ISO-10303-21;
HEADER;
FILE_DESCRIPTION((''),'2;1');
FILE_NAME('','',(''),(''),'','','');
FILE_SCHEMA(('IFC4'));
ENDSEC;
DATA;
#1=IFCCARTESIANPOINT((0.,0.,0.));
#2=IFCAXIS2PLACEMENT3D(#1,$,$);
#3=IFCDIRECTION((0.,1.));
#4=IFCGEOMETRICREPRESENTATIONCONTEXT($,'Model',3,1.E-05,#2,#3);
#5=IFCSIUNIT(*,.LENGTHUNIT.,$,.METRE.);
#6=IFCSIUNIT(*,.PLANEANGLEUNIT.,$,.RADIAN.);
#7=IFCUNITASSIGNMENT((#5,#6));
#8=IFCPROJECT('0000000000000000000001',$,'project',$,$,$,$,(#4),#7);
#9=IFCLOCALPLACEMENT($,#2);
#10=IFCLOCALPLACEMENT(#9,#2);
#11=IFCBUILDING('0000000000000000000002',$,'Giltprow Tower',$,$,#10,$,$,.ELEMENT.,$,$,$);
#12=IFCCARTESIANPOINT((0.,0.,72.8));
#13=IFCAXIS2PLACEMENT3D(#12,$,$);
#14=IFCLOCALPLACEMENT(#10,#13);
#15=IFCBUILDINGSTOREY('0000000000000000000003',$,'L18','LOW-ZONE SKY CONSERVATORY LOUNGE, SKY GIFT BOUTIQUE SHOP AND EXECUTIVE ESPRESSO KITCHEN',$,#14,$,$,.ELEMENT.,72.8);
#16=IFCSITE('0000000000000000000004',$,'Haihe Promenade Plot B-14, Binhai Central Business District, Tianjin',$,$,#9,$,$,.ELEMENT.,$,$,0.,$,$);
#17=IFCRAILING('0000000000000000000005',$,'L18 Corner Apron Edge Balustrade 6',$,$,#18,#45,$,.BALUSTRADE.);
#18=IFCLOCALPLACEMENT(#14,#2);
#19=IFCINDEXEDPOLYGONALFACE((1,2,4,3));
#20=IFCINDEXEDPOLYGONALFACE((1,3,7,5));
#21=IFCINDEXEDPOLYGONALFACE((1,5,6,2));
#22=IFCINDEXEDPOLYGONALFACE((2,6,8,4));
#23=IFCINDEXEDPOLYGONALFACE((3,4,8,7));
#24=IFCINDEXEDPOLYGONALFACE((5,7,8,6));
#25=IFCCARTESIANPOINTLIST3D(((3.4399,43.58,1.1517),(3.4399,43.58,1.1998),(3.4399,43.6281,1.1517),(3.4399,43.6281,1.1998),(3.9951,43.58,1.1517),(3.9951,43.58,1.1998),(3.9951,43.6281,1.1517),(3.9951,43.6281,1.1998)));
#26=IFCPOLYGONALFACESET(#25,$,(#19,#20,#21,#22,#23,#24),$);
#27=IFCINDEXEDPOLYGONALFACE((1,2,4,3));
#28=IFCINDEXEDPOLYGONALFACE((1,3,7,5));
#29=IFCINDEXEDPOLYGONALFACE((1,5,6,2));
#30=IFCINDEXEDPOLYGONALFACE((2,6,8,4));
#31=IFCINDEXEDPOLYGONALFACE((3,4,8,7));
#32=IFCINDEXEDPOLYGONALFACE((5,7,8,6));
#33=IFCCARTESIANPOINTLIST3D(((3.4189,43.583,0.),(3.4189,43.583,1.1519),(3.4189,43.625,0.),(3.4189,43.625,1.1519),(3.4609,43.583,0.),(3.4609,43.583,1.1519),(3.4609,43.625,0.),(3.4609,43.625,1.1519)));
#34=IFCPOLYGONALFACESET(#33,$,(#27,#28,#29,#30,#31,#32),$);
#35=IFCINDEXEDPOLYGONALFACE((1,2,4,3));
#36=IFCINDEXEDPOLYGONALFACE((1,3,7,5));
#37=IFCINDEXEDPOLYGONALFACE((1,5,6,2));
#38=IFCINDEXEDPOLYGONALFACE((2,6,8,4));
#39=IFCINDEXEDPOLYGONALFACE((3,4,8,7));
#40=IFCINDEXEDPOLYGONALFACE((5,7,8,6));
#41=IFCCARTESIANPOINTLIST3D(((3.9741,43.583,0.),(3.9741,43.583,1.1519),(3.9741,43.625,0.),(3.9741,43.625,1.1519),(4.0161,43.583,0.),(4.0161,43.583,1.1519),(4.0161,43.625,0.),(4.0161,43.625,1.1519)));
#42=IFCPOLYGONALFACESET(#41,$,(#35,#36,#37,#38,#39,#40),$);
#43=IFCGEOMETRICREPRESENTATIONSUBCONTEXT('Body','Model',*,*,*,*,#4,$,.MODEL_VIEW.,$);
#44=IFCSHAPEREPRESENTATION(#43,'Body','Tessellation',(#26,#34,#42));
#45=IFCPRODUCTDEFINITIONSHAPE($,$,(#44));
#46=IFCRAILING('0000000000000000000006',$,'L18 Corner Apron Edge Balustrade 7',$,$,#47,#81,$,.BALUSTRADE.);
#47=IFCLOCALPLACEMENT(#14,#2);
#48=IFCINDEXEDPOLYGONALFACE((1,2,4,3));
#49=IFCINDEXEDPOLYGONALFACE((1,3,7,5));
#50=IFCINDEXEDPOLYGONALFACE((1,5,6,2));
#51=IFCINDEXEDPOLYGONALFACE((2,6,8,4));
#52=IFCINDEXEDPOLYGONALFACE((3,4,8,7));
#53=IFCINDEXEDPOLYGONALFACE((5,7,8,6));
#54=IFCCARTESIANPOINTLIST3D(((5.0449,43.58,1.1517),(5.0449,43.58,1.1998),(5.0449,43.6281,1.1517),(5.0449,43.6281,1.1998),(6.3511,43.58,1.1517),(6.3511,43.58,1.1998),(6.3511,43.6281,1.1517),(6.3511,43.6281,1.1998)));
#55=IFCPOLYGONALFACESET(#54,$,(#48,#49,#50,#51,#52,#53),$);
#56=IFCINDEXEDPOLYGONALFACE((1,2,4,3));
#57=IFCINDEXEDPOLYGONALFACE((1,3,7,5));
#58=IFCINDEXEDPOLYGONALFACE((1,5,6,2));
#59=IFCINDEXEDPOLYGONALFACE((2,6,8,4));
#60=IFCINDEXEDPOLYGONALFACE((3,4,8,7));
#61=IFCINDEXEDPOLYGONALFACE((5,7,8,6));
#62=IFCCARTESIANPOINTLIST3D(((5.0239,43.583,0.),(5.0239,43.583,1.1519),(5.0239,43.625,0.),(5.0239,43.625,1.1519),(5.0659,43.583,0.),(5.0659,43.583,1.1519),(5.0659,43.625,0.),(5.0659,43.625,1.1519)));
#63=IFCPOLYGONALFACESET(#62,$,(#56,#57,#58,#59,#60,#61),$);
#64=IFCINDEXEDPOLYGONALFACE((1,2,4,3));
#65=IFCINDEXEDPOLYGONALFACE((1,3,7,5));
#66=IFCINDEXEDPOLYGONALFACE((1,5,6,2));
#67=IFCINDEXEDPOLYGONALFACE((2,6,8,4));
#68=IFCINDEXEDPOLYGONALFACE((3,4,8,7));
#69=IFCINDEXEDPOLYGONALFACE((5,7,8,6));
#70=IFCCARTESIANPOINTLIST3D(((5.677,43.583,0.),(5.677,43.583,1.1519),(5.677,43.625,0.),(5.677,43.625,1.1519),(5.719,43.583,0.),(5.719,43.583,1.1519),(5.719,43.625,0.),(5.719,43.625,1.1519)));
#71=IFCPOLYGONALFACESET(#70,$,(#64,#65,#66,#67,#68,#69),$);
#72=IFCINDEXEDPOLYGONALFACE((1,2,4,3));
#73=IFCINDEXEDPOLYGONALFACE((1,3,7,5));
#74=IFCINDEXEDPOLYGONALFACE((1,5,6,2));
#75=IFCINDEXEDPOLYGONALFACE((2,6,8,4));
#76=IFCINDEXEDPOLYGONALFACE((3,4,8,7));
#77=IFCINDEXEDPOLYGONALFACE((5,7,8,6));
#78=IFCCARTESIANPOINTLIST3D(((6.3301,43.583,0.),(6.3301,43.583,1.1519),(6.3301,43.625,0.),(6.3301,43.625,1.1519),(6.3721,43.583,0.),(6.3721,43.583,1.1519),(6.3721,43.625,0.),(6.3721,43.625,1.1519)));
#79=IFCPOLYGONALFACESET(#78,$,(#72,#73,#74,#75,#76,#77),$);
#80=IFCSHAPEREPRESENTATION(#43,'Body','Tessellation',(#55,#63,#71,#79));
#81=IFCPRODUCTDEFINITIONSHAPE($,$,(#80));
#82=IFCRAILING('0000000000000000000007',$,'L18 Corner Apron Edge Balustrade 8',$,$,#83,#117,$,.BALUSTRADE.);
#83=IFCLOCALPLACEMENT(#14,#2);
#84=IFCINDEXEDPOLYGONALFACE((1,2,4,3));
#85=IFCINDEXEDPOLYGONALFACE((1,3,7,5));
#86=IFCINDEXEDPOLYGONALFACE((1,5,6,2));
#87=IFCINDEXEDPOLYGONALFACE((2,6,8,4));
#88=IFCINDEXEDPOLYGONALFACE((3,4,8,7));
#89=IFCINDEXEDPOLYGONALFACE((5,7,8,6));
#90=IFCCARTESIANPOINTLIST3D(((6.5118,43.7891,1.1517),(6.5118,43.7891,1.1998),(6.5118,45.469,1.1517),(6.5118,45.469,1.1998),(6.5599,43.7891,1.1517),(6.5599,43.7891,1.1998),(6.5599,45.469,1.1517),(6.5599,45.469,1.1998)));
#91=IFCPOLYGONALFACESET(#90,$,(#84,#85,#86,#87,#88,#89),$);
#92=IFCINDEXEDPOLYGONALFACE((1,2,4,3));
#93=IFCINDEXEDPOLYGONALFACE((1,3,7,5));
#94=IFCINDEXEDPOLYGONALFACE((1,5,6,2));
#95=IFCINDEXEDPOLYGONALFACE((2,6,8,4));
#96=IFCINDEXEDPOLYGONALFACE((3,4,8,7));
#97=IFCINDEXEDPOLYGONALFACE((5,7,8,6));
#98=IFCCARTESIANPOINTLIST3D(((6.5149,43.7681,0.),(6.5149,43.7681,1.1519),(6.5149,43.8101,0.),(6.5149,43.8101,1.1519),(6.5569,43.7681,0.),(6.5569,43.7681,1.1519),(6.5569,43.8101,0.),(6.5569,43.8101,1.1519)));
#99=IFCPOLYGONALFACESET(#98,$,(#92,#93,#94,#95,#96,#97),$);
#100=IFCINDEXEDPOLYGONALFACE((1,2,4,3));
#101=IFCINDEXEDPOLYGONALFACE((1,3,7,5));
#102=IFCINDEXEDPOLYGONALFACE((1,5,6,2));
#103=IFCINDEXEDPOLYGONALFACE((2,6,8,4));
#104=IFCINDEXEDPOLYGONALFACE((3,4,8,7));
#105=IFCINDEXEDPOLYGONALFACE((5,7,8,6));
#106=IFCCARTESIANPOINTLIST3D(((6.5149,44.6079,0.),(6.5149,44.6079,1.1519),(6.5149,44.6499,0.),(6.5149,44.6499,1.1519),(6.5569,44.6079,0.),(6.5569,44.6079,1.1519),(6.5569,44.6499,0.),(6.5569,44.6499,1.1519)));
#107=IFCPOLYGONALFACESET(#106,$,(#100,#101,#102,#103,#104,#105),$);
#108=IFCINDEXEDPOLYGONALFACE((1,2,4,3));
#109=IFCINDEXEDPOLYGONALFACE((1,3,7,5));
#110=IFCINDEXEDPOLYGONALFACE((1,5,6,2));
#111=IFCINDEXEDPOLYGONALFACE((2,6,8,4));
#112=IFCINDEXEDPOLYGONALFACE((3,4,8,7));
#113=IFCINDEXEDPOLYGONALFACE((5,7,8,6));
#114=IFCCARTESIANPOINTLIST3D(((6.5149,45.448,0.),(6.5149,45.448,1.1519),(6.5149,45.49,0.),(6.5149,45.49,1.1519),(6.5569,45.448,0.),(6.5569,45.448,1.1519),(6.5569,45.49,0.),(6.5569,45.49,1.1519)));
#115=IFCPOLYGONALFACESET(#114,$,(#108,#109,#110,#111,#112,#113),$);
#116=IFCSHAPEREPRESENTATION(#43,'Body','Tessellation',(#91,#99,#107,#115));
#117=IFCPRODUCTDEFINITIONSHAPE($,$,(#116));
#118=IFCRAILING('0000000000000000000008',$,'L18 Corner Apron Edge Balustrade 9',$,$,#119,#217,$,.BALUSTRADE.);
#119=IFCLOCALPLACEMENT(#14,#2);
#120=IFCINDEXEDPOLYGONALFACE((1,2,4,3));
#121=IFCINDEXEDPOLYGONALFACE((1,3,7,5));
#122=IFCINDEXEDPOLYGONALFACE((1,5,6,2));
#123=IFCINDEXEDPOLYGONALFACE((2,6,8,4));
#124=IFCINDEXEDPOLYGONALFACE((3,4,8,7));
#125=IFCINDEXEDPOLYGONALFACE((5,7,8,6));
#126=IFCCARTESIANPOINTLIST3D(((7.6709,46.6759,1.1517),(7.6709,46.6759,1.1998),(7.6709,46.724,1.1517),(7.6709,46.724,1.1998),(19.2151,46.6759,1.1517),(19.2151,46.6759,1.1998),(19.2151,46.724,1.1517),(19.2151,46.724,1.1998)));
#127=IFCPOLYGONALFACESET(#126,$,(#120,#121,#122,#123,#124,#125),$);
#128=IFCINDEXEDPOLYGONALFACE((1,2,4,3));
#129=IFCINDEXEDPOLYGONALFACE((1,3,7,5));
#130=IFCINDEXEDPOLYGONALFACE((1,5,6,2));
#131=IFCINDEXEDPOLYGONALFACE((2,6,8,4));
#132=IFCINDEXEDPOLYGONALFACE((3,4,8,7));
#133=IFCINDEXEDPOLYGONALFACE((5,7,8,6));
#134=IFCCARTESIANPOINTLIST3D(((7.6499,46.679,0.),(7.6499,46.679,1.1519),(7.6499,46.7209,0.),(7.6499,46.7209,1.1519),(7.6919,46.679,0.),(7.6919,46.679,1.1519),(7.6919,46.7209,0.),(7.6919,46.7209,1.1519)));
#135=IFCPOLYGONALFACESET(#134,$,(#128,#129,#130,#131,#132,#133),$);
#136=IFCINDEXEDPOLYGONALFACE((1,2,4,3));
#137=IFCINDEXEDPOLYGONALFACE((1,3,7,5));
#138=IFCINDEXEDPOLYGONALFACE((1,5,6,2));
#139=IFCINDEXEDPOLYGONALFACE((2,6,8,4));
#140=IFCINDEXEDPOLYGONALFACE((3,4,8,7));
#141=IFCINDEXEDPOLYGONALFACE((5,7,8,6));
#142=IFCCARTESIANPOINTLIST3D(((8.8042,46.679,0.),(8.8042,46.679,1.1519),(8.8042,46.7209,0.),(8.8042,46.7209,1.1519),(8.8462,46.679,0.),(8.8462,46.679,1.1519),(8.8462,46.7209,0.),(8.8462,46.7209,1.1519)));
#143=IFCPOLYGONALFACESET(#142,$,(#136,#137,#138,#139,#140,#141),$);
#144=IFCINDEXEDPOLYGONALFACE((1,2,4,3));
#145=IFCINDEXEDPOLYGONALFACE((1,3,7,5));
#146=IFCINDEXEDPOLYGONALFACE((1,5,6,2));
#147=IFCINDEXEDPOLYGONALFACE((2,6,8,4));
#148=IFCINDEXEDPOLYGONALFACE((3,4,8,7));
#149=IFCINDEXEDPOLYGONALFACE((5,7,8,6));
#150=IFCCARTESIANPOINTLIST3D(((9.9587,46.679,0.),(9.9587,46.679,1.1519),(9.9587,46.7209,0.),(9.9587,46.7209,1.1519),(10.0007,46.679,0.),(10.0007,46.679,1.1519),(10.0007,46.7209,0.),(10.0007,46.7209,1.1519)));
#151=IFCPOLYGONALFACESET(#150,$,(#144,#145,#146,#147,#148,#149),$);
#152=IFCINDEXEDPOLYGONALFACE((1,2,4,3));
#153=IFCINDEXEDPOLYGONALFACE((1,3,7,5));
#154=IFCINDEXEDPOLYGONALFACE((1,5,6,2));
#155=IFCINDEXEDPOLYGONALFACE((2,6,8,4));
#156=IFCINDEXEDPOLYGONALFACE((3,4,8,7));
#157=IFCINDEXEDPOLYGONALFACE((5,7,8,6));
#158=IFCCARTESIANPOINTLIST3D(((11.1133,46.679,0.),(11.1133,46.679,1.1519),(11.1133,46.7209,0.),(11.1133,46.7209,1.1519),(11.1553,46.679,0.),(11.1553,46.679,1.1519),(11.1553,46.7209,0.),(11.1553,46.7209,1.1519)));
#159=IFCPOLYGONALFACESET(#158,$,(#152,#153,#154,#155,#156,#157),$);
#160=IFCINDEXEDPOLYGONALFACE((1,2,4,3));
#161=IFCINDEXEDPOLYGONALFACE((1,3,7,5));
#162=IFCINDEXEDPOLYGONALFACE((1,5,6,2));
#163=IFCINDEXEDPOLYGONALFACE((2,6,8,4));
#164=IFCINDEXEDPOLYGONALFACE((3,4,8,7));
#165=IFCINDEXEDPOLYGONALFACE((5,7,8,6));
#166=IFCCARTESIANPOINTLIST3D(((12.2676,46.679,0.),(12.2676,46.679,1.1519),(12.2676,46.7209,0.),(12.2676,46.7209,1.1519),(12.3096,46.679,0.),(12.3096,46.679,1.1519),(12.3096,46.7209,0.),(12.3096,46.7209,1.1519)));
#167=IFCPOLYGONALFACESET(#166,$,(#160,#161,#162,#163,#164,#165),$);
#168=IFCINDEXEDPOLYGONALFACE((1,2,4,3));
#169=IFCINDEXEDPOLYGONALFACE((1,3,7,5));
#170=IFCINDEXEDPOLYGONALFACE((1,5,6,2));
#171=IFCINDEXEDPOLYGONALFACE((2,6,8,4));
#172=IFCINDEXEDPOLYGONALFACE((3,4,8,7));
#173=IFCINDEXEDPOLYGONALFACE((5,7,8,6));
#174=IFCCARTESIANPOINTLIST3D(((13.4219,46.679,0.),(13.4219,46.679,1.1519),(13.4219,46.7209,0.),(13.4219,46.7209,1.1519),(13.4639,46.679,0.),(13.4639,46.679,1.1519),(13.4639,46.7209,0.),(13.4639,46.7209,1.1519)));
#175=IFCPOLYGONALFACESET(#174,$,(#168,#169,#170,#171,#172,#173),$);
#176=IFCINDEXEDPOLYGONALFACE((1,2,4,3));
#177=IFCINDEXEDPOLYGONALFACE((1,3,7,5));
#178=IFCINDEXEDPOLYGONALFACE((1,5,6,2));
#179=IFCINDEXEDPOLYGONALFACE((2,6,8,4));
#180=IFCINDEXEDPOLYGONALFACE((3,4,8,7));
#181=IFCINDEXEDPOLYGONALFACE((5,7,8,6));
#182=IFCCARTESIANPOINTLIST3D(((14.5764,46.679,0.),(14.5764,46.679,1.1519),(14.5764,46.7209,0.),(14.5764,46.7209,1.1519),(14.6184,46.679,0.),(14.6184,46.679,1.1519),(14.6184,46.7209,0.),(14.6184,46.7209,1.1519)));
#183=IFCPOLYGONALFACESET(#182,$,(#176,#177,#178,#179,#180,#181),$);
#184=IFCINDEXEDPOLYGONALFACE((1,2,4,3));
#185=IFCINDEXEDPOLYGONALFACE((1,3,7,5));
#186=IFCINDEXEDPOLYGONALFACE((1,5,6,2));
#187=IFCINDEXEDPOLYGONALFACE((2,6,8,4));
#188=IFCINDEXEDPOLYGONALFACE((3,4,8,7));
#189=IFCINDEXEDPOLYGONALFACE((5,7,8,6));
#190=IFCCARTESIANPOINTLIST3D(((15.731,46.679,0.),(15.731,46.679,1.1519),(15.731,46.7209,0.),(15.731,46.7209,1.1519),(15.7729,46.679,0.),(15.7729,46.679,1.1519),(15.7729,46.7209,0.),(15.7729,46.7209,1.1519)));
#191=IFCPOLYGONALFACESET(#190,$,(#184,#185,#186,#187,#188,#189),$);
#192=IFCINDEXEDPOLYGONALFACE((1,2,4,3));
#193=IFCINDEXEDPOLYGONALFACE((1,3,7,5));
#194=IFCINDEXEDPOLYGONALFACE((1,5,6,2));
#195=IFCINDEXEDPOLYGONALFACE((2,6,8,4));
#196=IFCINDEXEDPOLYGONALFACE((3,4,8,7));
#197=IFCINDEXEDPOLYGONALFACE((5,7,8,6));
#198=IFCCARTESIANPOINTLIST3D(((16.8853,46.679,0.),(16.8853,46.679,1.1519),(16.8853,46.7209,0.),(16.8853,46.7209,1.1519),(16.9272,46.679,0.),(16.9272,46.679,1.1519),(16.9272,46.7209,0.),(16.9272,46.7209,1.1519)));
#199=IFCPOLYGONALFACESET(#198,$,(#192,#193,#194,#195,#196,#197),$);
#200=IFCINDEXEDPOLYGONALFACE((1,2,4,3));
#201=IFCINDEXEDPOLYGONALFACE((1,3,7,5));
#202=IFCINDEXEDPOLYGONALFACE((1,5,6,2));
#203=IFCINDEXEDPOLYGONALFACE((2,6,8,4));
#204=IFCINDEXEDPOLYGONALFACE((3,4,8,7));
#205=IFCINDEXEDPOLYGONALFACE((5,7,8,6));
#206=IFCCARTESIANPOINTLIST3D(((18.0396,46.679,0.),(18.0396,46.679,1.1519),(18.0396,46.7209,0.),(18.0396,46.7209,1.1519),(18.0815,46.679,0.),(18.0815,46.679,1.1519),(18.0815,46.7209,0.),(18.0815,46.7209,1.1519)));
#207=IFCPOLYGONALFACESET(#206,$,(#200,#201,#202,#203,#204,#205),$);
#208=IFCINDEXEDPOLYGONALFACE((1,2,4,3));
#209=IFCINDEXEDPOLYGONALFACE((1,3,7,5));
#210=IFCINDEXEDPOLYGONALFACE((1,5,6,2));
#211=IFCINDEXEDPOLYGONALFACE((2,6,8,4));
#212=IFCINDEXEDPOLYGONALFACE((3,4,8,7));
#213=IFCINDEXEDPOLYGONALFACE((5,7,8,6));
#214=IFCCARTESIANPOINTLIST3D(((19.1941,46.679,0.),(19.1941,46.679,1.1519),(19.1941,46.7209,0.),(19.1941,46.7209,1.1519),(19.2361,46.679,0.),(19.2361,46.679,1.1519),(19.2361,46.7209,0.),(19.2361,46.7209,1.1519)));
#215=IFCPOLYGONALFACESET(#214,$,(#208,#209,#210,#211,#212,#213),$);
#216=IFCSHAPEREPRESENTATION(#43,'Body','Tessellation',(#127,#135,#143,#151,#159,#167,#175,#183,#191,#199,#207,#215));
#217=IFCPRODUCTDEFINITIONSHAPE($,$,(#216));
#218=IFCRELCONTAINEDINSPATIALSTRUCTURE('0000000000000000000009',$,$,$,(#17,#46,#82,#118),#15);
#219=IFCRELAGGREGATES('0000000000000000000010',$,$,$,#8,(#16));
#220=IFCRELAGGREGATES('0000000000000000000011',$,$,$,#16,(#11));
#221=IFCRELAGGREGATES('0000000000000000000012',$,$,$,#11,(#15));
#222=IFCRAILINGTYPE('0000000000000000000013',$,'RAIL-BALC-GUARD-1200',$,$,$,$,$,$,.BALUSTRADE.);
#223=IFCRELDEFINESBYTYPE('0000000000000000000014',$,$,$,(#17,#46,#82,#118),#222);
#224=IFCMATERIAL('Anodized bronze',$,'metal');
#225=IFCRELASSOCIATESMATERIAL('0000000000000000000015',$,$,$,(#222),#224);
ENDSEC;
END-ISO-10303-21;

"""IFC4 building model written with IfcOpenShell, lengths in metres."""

from ifc_helpers import new_model, si_unit, direction, frame, origin, origin_2d, place, context, subcontext, project, spatial, rectangle, extrude, material, type_object, element, save


model = new_model("IFC4")

# Units and contexts
model_context = context("Model", 3, precision=1e-05, world=origin(), true_north=direction((0.0, 1.0)))
body_context = subcontext(model_context, "Body", "Model", "MODEL_VIEW")
ifc_project = project(units=[si_unit("LENGTHUNIT", "METRE"), si_unit("PLANEANGLEUNIT", "RADIAN")], contexts=[model_context])

# Site, building, storey
site_placement = place(None, origin())
site = spatial("IfcSite", under=ifc_project, at=site_placement, Name="Haihe Promenade Plot B-14, Binhai Central Business District, Tianjin", CompositionType="ELEMENT", RefElevation=0.0)
building_placement = place(site_placement, origin())
building = spatial("IfcBuilding", under=site, at=building_placement, Name="Giltprow Tower", CompositionType="ELEMENT")
storey_placement = place(building_placement, frame((0.0, 0.0, 72.8)))
storey = spatial("IfcBuildingStorey", under=building, at=storey_placement, Name="L18", Description="LOW-ZONE SKY CONSERVATORY LOUNGE, SKY GIFT BOUTIQUE SHOP AND EXECUTIVE ESPRESSO KITCHEN", CompositionType="ELEMENT", Elevation=72.8)

# Railings
ifc_material_1 = material(Name="Anodized bronze", Category="metal")
railing_type_1 = type_object("IfcRailingType", Name="RAIL-BALC-GUARD-1200", PredefinedType="BALUSTRADE", material=ifc_material_1)
railing_1_placement = place(storey_placement, frame((3.4399, 43.604, 0.0)))
element("IfcRailing", 1, at=railing_1_placement, inside=storey, type_object=railing_type_1, Name="L18 Corner Apron Edge Balustrade 6", PredefinedType="BALUSTRADE", context=body_context, shape_type="SweptSolid", body=[
    extrude(rectangle(XDim=0.0481, YDim=0.0481, at=origin_2d()), frame((0.0, 0.0, 1.1758), z_axis=(1.0, 0.0, 0.0), x_axis=(0.0, 1.0, 0.0)), (0.0, 0.0, 1.0), 0.5552),
    extrude(rectangle(XDim=0.042, YDim=0.042, at=origin_2d()), origin(), (0.0, 0.0, 1.0), 1.1519),
    extrude(rectangle(XDim=0.042, YDim=0.042, at=origin_2d()), frame((0.5552, 0.0, 0.0)), (0.0, 0.0, 1.0), 1.1519),
])
railing_2_placement = place(storey_placement, frame((5.0449, 43.604, 0.0)))
element("IfcRailing", 2, at=railing_2_placement, inside=storey, type_object=railing_type_1, Name="L18 Corner Apron Edge Balustrade 7", PredefinedType="BALUSTRADE", context=body_context, shape_type="SweptSolid", body=[
    extrude(rectangle(XDim=0.0481, YDim=0.0481, at=origin_2d()), frame((0.0, 0.0, 1.1758), z_axis=(1.0, 0.0, 0.0), x_axis=(0.0, 1.0, 0.0)), (0.0, 0.0, 1.0), 1.3062),
    extrude(rectangle(XDim=0.042, YDim=0.042, at=origin_2d()), origin(), (0.0, 0.0, 1.0), 1.1519),
    extrude(rectangle(XDim=0.042, YDim=0.042, at=origin_2d()), frame((0.6531, 0.0, 0.0)), (0.0, 0.0, 1.0), 1.1519),
    extrude(rectangle(XDim=0.042, YDim=0.042, at=origin_2d()), frame((1.3062, 0.0, 0.0)), (0.0, 0.0, 1.0), 1.1519),
])
railing_3_placement = place(storey_placement, frame((6.5359, 43.7891, 0.0)))
element("IfcRailing", 3, at=railing_3_placement, inside=storey, type_object=railing_type_1, Name="L18 Corner Apron Edge Balustrade 8", PredefinedType="BALUSTRADE", context=body_context, shape_type="SweptSolid", body=[
    extrude(rectangle(XDim=0.0481, YDim=0.0481, at=origin_2d()), frame((0.0, 0.0, 1.1758), z_axis=(0.0, 1.0, 0.0), x_axis=(-1.0, 0.0, 0.0)), (0.0, 0.0, 1.0), 1.6799),
    extrude(rectangle(XDim=0.042, YDim=0.042, at=origin_2d()), origin(), (0.0, 0.0, 1.0), 1.1519),
    extrude(rectangle(XDim=0.042, YDim=0.042, at=origin_2d()), frame((0.0, 0.8398, 0.0)), (0.0, 0.0, 1.0), 1.1519),
    extrude(rectangle(XDim=0.042, YDim=0.042, at=origin_2d()), frame((0.0, 1.6799, 0.0)), (0.0, 0.0, 1.0), 1.1519),
])
railing_4_placement = place(storey_placement, frame((7.6709, 46.7, 0.0)))
element("IfcRailing", 4, at=railing_4_placement, inside=storey, type_object=railing_type_1, Name="L18 Corner Apron Edge Balustrade 9", PredefinedType="BALUSTRADE", context=body_context, shape_type="SweptSolid", body=[
    extrude(rectangle(XDim=0.0481, YDim=0.0481, at=origin_2d()), frame((0.0, 0.0, 1.1758), z_axis=(1.0, 0.0, 0.0), x_axis=(0.0, 1.0, 0.0)), (0.0, 0.0, 1.0), 11.5442),
    extrude(rectangle(XDim=0.042, YDim=0.042, at=origin_2d()), origin(), (0.0, 0.0, 1.0), 1.1519),
    extrude(rectangle(XDim=0.042, YDim=0.042, at=origin_2d()), frame((1.1543, 0.0, 0.0)), (0.0, 0.0, 1.0), 1.1519),
    extrude(rectangle(XDim=0.042, YDim=0.042, at=origin_2d()), frame((2.3088, 0.0, 0.0)), (0.0, 0.0, 1.0), 1.1519),
    extrude(rectangle(XDim=0.042, YDim=0.042, at=origin_2d()), frame((3.4634, 0.0, 0.0)), (0.0, 0.0, 1.0), 1.1519),
    extrude(rectangle(XDim=0.042, YDim=0.042, at=origin_2d()), frame((4.6177, 0.0, 0.0)), (0.0, 0.0, 1.0), 1.1519),
    extrude(rectangle(XDim=0.042, YDim=0.042, at=origin_2d()), frame((5.772, 0.0, 0.0)), (0.0, 0.0, 1.0), 1.1519),
    extrude(rectangle(XDim=0.042, YDim=0.042, at=origin_2d()), frame((6.9265, 0.0, 0.0)), (0.0, 0.0, 1.0), 1.1519),
    extrude(rectangle(XDim=0.042, YDim=0.042, at=origin_2d()), frame((8.0811, 0.0, 0.0)), (0.0, 0.0, 1.0), 1.1519),
    extrude(rectangle(XDim=0.042, YDim=0.042, at=origin_2d()), frame((9.2354, 0.0, 0.0)), (0.0, 0.0, 1.0), 1.1519),
    extrude(rectangle(XDim=0.042, YDim=0.042, at=origin_2d()), frame((10.3896, 0.0, 0.0)), (0.0, 0.0, 1.0), 1.1519),
    extrude(rectangle(XDim=0.042, YDim=0.042, at=origin_2d()), frame((11.5442, 0.0, 0.0)), (0.0, 0.0, 1.0), 1.1519),
])

save(model, "model.ifc")
